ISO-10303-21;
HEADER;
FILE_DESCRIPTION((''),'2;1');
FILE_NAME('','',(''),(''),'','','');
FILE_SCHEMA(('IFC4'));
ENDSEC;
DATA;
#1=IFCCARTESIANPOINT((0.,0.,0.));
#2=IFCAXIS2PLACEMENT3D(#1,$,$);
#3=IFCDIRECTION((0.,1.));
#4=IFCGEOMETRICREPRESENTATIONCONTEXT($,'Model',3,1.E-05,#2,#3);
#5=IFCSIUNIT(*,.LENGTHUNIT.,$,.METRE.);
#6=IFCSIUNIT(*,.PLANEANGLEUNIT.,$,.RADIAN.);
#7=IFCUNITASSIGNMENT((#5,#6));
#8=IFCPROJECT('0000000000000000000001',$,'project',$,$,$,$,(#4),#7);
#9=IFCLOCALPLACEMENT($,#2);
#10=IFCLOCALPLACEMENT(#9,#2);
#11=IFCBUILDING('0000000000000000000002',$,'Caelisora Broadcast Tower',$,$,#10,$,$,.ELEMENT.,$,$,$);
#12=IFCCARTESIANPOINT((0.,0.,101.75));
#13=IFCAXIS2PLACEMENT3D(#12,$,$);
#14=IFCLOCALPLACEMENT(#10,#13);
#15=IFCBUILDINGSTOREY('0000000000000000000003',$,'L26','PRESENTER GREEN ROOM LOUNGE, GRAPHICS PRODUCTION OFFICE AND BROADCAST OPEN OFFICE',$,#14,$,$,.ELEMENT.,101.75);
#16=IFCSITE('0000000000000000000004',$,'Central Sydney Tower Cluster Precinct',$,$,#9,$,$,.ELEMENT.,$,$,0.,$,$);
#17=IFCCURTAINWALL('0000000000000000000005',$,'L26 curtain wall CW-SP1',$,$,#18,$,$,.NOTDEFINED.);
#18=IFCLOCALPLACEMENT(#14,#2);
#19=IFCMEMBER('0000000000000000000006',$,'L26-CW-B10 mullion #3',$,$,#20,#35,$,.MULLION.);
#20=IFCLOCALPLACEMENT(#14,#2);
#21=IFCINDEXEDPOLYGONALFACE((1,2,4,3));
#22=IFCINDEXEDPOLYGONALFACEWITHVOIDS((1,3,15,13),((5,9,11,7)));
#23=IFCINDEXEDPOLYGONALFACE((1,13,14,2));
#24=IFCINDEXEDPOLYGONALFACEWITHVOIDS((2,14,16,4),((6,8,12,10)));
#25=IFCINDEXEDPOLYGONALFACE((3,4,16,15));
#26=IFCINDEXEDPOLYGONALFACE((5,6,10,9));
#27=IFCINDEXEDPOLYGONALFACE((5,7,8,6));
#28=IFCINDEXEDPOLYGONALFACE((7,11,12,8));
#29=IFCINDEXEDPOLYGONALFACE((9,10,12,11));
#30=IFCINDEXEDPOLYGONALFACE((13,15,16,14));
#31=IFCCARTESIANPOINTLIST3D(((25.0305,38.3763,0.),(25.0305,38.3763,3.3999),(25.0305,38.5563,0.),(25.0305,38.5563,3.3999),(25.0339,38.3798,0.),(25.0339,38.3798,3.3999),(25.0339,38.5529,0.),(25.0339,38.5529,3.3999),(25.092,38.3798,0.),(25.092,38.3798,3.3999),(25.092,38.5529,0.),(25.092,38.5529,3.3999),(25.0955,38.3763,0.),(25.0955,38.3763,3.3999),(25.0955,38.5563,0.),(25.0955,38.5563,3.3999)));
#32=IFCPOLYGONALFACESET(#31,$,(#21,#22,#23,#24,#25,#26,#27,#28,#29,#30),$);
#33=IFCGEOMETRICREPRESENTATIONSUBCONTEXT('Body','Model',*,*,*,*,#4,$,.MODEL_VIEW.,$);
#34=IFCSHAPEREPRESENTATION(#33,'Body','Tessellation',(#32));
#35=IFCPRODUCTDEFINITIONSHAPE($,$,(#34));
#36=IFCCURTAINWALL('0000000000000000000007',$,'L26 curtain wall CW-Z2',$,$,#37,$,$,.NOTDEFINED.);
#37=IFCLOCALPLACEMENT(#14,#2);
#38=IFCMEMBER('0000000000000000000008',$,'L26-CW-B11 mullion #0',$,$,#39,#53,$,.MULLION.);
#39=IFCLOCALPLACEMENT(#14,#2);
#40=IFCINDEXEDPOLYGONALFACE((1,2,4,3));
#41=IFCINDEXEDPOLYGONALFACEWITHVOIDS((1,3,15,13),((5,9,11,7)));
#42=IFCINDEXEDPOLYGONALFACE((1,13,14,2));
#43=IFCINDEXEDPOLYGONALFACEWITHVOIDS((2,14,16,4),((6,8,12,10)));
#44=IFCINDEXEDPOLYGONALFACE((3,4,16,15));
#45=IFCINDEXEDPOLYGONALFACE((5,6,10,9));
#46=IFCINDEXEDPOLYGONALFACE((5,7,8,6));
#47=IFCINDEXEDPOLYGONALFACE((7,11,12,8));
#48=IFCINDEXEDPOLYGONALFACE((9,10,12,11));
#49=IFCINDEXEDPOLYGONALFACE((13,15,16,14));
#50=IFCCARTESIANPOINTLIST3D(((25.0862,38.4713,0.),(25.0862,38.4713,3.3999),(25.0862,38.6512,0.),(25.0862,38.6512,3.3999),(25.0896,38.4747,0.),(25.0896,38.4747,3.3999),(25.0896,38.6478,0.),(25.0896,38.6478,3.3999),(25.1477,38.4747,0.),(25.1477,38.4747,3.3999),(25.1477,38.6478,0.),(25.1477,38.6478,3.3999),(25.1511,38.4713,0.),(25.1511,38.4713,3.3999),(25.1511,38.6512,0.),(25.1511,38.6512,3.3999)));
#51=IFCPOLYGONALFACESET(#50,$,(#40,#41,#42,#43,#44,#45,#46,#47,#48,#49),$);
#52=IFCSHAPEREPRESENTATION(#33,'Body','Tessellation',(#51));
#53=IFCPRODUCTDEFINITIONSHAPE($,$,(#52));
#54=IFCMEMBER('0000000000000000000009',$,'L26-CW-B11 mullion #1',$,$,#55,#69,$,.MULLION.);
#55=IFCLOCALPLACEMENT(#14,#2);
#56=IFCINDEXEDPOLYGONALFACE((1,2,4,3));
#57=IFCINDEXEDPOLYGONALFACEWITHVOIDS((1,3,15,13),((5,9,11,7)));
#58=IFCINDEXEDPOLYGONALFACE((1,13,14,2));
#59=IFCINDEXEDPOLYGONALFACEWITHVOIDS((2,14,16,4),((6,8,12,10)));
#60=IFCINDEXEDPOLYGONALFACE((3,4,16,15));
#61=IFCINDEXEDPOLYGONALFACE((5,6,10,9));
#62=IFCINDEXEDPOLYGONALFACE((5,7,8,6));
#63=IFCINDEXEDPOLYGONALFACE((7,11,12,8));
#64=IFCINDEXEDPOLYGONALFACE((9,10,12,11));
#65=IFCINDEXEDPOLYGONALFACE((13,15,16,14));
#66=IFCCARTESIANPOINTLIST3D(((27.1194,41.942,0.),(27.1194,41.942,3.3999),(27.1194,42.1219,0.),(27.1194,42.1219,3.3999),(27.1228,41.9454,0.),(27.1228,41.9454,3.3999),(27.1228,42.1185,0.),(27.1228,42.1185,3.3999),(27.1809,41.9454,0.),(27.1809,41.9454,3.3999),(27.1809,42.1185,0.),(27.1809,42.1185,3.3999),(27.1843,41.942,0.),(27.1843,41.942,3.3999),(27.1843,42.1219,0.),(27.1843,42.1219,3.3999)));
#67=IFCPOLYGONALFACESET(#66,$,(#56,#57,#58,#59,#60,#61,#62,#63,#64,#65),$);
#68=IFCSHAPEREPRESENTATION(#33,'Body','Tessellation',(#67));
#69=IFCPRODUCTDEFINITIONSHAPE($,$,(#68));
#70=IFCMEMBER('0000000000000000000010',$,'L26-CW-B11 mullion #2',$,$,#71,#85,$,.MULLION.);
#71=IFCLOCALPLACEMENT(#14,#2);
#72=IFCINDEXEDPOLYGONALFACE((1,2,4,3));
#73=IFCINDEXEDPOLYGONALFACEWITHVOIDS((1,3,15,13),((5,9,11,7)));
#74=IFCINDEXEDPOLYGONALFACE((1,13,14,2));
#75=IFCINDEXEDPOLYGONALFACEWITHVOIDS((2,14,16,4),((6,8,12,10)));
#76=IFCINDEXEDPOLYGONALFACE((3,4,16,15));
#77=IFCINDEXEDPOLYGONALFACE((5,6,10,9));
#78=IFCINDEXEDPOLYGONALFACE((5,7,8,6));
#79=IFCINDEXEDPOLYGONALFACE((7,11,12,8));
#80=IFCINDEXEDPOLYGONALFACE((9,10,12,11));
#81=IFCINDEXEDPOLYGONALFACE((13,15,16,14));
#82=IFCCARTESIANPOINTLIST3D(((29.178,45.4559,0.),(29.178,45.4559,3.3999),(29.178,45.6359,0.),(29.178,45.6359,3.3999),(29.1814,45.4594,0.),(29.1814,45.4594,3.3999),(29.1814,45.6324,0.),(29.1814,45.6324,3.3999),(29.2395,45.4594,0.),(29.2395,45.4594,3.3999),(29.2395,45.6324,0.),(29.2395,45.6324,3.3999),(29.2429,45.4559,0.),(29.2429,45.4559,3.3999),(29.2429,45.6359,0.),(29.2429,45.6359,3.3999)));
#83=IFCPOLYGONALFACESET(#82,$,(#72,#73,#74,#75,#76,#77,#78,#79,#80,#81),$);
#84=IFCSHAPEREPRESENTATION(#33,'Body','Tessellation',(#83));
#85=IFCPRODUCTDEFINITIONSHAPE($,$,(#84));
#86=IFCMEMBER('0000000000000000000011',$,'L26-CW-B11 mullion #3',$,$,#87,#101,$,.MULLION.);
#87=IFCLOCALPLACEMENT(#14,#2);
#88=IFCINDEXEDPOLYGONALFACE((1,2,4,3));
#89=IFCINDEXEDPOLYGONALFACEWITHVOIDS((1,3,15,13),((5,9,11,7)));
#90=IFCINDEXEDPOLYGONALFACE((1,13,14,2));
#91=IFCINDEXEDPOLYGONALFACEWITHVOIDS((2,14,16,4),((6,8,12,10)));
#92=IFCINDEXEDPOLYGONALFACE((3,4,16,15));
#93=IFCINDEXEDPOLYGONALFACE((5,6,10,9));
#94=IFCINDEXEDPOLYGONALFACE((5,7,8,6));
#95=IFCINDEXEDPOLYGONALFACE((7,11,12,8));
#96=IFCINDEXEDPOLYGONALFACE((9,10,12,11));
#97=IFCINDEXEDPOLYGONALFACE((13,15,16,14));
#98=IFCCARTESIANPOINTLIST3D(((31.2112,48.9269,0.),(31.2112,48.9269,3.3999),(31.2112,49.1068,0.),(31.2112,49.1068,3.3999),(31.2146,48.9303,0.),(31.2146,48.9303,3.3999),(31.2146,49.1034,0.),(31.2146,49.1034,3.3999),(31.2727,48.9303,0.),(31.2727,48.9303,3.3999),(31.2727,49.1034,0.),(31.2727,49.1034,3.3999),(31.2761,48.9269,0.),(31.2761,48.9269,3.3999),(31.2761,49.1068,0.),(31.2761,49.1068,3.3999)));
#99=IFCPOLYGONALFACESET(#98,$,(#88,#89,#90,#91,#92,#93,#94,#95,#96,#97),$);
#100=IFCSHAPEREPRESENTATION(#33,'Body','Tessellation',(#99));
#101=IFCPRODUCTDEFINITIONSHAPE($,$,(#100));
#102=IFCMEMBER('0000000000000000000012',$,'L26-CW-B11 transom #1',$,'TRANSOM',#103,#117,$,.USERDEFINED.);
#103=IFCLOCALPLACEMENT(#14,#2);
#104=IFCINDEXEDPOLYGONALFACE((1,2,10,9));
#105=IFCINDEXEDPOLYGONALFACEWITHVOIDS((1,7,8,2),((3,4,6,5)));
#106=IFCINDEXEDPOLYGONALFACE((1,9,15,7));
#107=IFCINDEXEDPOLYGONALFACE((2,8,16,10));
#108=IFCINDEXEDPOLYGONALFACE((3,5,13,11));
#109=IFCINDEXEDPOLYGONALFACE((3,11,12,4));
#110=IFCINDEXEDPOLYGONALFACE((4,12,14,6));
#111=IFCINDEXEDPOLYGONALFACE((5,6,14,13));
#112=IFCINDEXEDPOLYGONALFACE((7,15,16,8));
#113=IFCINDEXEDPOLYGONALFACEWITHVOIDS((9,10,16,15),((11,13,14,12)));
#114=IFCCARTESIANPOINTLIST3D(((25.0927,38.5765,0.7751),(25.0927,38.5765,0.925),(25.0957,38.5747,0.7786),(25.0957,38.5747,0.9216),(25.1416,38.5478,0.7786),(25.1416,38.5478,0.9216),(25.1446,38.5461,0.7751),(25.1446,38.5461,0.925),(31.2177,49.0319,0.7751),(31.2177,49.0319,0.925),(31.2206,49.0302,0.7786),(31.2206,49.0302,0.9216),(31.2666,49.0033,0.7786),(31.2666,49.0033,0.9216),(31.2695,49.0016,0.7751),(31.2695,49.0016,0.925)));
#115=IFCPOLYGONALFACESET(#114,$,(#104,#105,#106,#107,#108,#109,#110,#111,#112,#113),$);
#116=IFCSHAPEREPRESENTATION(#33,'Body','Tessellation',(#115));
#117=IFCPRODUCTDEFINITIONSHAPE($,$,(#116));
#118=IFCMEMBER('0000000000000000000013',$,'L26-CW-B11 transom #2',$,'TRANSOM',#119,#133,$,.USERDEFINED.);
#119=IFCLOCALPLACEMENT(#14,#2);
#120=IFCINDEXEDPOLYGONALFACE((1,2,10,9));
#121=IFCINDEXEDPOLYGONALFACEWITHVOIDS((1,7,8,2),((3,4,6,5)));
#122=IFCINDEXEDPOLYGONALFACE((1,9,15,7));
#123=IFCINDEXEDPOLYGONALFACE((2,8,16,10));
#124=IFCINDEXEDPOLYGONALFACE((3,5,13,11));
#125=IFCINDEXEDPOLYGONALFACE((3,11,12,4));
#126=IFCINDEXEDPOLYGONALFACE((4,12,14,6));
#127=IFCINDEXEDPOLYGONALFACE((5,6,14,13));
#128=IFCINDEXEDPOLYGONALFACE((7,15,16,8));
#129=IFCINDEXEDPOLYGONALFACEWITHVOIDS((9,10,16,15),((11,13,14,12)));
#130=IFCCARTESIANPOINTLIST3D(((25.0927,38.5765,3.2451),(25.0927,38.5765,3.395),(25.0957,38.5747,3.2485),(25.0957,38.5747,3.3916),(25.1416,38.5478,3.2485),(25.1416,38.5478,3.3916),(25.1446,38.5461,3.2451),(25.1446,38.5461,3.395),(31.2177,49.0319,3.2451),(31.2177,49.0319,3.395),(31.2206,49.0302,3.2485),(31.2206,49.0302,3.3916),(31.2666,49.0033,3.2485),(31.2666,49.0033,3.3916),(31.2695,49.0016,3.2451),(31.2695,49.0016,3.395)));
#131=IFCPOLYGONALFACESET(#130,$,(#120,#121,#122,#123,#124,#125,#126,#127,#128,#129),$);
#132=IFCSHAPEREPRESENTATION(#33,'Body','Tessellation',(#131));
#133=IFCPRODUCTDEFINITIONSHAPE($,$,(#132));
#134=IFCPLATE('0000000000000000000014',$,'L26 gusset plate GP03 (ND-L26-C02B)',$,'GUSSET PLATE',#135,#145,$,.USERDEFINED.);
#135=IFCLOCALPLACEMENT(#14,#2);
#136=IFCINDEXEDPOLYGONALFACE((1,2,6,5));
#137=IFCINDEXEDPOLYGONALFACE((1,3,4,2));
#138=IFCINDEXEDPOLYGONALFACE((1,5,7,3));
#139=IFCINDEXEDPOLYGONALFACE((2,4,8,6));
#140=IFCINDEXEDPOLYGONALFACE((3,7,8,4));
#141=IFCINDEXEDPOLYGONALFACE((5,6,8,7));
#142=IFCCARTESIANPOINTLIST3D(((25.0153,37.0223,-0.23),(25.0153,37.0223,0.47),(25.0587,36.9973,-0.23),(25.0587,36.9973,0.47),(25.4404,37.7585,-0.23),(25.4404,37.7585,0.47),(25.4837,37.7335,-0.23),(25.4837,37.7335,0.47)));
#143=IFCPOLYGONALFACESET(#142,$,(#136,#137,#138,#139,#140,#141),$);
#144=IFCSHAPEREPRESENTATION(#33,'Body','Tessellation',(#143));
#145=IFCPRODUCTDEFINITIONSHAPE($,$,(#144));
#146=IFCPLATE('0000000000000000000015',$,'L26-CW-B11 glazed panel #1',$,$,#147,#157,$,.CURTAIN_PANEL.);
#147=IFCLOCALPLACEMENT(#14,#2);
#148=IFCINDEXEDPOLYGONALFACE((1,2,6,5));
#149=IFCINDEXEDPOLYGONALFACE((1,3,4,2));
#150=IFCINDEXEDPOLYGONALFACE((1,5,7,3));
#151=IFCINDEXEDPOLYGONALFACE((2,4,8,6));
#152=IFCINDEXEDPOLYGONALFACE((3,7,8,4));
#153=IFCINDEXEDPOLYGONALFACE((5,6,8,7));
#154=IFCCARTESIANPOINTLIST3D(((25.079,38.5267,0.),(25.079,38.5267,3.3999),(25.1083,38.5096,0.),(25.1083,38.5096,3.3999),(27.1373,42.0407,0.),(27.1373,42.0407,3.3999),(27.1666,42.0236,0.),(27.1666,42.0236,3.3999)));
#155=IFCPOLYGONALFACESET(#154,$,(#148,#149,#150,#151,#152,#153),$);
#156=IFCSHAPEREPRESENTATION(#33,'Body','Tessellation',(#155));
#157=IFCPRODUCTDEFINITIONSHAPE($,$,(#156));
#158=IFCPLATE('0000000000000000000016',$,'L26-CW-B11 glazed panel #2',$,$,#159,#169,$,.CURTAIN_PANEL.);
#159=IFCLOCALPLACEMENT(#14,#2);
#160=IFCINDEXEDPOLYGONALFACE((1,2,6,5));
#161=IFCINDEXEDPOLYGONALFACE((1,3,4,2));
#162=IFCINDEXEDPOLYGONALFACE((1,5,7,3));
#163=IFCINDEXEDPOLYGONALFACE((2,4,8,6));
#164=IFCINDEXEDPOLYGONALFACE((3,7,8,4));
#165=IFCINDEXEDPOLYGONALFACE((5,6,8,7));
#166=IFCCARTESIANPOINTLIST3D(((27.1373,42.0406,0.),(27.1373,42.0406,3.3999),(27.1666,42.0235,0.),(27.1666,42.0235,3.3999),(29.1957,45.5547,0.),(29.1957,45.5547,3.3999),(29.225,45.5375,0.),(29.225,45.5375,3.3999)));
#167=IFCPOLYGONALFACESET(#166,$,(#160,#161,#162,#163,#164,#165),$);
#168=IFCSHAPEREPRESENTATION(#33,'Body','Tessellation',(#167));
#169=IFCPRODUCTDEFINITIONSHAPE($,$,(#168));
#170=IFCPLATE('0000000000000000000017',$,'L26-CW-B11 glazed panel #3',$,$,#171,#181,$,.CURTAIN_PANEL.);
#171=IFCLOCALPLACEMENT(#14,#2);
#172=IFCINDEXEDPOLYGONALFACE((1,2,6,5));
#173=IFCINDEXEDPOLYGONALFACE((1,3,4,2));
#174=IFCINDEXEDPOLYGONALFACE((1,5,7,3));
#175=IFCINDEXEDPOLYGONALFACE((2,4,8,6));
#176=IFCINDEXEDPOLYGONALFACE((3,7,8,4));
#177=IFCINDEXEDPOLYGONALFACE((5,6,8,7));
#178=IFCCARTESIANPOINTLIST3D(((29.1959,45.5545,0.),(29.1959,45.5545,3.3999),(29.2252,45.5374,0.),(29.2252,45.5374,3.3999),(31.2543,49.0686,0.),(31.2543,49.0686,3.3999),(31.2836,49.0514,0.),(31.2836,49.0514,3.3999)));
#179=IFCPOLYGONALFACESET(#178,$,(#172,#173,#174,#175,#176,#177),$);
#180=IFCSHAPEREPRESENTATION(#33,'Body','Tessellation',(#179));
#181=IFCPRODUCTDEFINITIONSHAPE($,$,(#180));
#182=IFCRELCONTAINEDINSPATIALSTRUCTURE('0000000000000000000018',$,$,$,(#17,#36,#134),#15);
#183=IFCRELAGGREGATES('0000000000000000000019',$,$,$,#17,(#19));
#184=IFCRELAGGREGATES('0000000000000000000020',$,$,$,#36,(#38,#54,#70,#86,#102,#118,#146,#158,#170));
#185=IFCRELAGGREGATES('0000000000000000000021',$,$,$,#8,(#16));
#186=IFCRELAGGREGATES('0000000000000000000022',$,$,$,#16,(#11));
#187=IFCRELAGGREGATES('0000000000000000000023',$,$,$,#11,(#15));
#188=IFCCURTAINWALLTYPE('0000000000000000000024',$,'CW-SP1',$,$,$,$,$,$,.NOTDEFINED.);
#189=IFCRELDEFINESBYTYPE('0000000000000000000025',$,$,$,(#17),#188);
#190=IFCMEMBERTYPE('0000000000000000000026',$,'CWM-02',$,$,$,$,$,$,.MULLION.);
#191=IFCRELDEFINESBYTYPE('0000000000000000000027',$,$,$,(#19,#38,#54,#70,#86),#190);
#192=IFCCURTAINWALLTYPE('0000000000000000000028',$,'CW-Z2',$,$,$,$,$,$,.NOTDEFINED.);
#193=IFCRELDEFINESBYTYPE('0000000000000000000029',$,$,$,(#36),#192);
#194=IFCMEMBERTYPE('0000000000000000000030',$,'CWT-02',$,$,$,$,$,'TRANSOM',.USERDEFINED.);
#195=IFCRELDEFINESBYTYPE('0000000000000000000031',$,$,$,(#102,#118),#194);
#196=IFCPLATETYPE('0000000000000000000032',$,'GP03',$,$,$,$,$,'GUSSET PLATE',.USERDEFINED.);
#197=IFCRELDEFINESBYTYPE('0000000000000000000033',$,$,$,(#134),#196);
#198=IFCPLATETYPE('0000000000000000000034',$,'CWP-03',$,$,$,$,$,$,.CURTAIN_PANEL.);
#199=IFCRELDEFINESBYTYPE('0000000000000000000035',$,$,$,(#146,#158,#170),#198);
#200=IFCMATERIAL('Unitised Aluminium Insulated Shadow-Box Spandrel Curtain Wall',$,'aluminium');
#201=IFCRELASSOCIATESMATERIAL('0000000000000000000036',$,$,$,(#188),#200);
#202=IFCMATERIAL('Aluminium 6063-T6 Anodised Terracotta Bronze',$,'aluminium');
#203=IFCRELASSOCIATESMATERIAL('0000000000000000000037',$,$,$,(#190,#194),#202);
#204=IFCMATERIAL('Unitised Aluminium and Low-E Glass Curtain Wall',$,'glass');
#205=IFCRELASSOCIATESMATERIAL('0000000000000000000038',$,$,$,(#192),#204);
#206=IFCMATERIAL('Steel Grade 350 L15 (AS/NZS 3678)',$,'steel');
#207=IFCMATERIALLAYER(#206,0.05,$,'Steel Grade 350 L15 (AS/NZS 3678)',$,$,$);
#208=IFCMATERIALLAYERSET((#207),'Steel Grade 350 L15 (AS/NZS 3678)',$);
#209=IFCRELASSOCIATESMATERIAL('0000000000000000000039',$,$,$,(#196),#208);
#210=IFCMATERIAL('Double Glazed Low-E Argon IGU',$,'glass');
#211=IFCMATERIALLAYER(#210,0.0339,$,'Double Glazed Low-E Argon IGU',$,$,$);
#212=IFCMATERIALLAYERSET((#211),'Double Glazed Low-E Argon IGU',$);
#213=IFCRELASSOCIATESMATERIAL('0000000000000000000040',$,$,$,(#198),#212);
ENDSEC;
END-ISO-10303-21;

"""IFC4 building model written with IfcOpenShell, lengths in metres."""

from ifc_helpers import new_model, si_unit, direction, frame, origin, origin_2d, place, context, subcontext, project, spatial, rectangle, hollow_rectangle, extrude, source, transform, mapped, material, layer, layer_set, material_profile, profile_set, type_object, type_shapes, element, aggregate, save


model = new_model("IFC4")

# Units and contexts
model_context = context("Model", 3, precision=1e-05, world=origin(), true_north=direction((0.0, 1.0)))
body_context = subcontext(model_context, "Body", "Model", "MODEL_VIEW")
ifc_project = project(units=[si_unit("LENGTHUNIT", "METRE"), si_unit("PLANEANGLEUNIT", "RADIAN")], contexts=[model_context])

# Site, building, storey
site_placement = place(None, origin())
site = spatial("IfcSite", under=ifc_project, at=site_placement, Name="Central Sydney Tower Cluster Precinct", CompositionType="ELEMENT", RefElevation=0.0)
building_placement = place(site_placement, origin())
building = spatial("IfcBuilding", under=site, at=building_placement, Name="Caelisora Broadcast Tower", CompositionType="ELEMENT")
storey_placement = place(building_placement, frame((0.0, 0.0, 101.75)))
storey = spatial("IfcBuildingStorey", under=building, at=storey_placement, Name="L26", Description="PRESENTER GREEN ROOM LOUNGE, GRAPHICS PRODUCTION OFFICE AND BROADCAST OPEN OFFICE", CompositionType="ELEMENT", Elevation=101.75)

# Shared definitions
ifc_material_1 = material(Name="Steel Grade 350 L15 (AS/NZS 3678)", Category="steel")

# Curtain wall, member
ifc_material_2 = material(Name="Unitised Aluminium Insulated Shadow-Box Spandrel Curtain Wall", Category="aluminium")
curtain_wall_type_1 = type_object("IfcCurtainWallType", Name="CW-SP1", PredefinedType="NOTDEFINED", material=ifc_material_2)
curtain_wall_1_placement = place(storey_placement, origin())
curtain_wall_1 = element("IfcCurtainWall", 1, at=curtain_wall_1_placement, inside=storey, type_object=curtain_wall_type_1, Name="L26 curtain wall CW-SP1", PredefinedType="NOTDEFINED")
ifc_material_3 = material(Name="Aluminium 6063-T6 Anodised Terracotta Bronze", Category="aluminium")
ifc_material_profile_1 = material_profile(ifc_material_3, hollow_rectangle(XDim=0.0649, YDim=0.1799, WallThickness=0.0034, at=origin_2d()), Name="Aluminium 6063-T6 Anodised Terracotta Bronze")
ifc_profile_set_1 = profile_set([ifc_material_profile_1], Name="Aluminium 6063-T6 Anodised Terracotta Bronze")
member_type_1 = type_object("IfcMemberType", Name="CWM-02", PredefinedType="MULLION", material=ifc_profile_set_1)
shared_shape_1 = source(origin(), body_context, "Body", "SweptSolid", [
    extrude(hollow_rectangle(XDim=0.0649, YDim=0.1799, WallThickness=0.0034, at=origin_2d()), origin(), (0.0, 0.0, 1.0), 3.3999),
])
type_shapes(member_type_1, [shared_shape_1])
member_1_placement = place(storey_placement, frame((25.063, 38.4663, 0.0), z_axis=(0.0, 0.0, 1.0), x_axis=(1.0, 0.0, 0.0)))
member_1 = element("IfcMember", 2, at=member_1_placement, type_object=member_type_1, Name="L26-CW-B10 mullion #3", PredefinedType="MULLION", context=body_context, shape_type="MappedRepresentation", body=[
    mapped(shared_shape_1, transform((0.0, 0.0, 0.0), scale=1.0)),
])
aggregate(curtain_wall_1, [member_1])

# Curtain wall, members
ifc_material_4 = material(Name="Unitised Aluminium and Low-E Glass Curtain Wall", Category="glass")
curtain_wall_type_2 = type_object("IfcCurtainWallType", Name="CW-Z2", PredefinedType="NOTDEFINED", material=ifc_material_4)
curtain_wall_2_placement = place(storey_placement, origin())
curtain_wall_2 = element("IfcCurtainWall", 3, at=curtain_wall_2_placement, inside=storey, type_object=curtain_wall_type_2, Name="L26 curtain wall CW-Z2", PredefinedType="NOTDEFINED")
member_2_placement = place(storey_placement, frame((25.1187, 38.5613, 0.0), z_axis=(0.0, 0.0, 1.0), x_axis=(1.0, 0.0, 0.0)))
member_2 = element("IfcMember", 4, at=member_2_placement, type_object=member_type_1, Name="L26-CW-B11 mullion #0", PredefinedType="MULLION", context=body_context, shape_type="MappedRepresentation", body=[
    mapped(shared_shape_1, transform((0.0, 0.0, 0.0), scale=1.0)),
])
member_3_placement = place(storey_placement, frame((27.1519, 42.032, 0.0), z_axis=(0.0, 0.0, 1.0), x_axis=(1.0, 0.0, 0.0)))
member_3 = element("IfcMember", 5, at=member_3_placement, type_object=member_type_1, Name="L26-CW-B11 mullion #1", PredefinedType="MULLION", context=body_context, shape_type="MappedRepresentation", body=[
    mapped(shared_shape_1, transform((0.0, 0.0, 0.0), scale=1.0)),
])
member_4_placement = place(storey_placement, frame((29.2104, 45.5459, 0.0), z_axis=(0.0, 0.0, 1.0), x_axis=(1.0, 0.0, 0.0)))
member_4 = element("IfcMember", 6, at=member_4_placement, type_object=member_type_1, Name="L26-CW-B11 mullion #2", PredefinedType="MULLION", context=body_context, shape_type="MappedRepresentation", body=[
    mapped(shared_shape_1, transform((0.0, 0.0, 0.0), scale=1.0)),
])
member_5_placement = place(storey_placement, frame((31.2437, 49.0168, 0.0), z_axis=(0.0, 0.0, 1.0), x_axis=(1.0, 0.0, 0.0)))
member_5 = element("IfcMember", 7, at=member_5_placement, type_object=member_type_1, Name="L26-CW-B11 mullion #3", PredefinedType="MULLION", context=body_context, shape_type="MappedRepresentation", body=[
    mapped(shared_shape_1, transform((0.0, 0.0, 0.0), scale=1.0)),
])
ifc_material_profile_2 = material_profile(ifc_material_3, hollow_rectangle(XDim=0.0601, YDim=0.1499, WallThickness=0.0034, at=origin_2d()), Name="Aluminium 6063-T6 Anodised Terracotta Bronze")
ifc_profile_set_2 = profile_set([ifc_material_profile_2], Name="Aluminium 6063-T6 Anodised Terracotta Bronze")
member_type_2 = type_object("IfcMemberType", Name="CWT-02", ElementType="TRANSOM", PredefinedType="USERDEFINED", material=ifc_profile_set_2)
shared_shape_2 = source(origin(), body_context, "Body", "SweptSolid", [
    extrude(hollow_rectangle(XDim=0.0601, YDim=0.1499, WallThickness=0.0034, at=origin_2d()), origin(), (0.0, 0.0, 1.0), 12.1174),
])
type_shapes(member_type_2, [shared_shape_2])
member_6_placement = place(storey_placement, frame((25.1187, 38.5613, 0.8501), z_axis=(0.505466, 0.862846, 0.0), x_axis=(-0.862846, 0.505466, 0.0)))
member_6 = element("IfcMember", 8, at=member_6_placement, type_object=member_type_2, Name="L26-CW-B11 transom #1", ObjectType="TRANSOM", PredefinedType="USERDEFINED", context=body_context, shape_type="MappedRepresentation", body=[
    mapped(shared_shape_2, transform((0.0, 0.0, 0.0), scale=1.0)),
])
member_7_placement = place(storey_placement, frame((25.1187, 38.5613, 3.3201), z_axis=(0.505466, 0.862846, 0.0), x_axis=(-0.862846, 0.505466, 0.0)))
member_7 = element("IfcMember", 9, at=member_7_placement, type_object=member_type_2, Name="L26-CW-B11 transom #2", ObjectType="TRANSOM", PredefinedType="USERDEFINED", context=body_context, shape_type="MappedRepresentation", body=[
    mapped(shared_shape_2, transform((0.0, 0.0, 0.0), scale=1.0)),
])

# Plates
ifc_layer_1 = layer(ifc_material_1, 0.05, Name="Steel Grade 350 L15 (AS/NZS 3678)")
ifc_layer_set_1 = layer_set([ifc_layer_1], Name="Steel Grade 350 L15 (AS/NZS 3678)")
plate_type_1 = type_object("IfcPlateType", Name="GP03", ElementType="GUSSET PLATE", PredefinedType="USERDEFINED", material=ifc_layer_set_1)
shared_shape_3 = source(origin(), body_context, "Body", "SweptSolid", [
    extrude(rectangle(XDim=0.8501, YDim=0.05, at=origin_2d()), origin(), (0.0, 0.0, 1.0), 0.7),
])
type_shapes(plate_type_1, [shared_shape_3])
plate_1_placement = place(storey_placement, frame((25.2495, 37.3779, -0.23), z_axis=(0.0, 0.0, 1.0), x_axis=(-0.5, -0.866025, 0.0)))
element("IfcPlate", 10, at=plate_1_placement, inside=storey, type_object=plate_type_1, Name="L26 gusset plate GP03 (ND-L26-C02B)", ObjectType="GUSSET PLATE", PredefinedType="USERDEFINED", context=body_context, shape_type="MappedRepresentation", body=[
    mapped(shared_shape_3, transform((0.0, 0.0, 0.0), scale=1.0)),
])
ifc_material_5 = material(Name="Double Glazed Low-E Argon IGU", Category="glass")
ifc_layer_2 = layer(ifc_material_5, 0.0339, Name="Double Glazed Low-E Argon IGU")
ifc_layer_set_2 = layer_set([ifc_layer_2], Name="Double Glazed Low-E Argon IGU")
plate_type_2 = type_object("IfcPlateType", Name="CWP-03", PredefinedType="CURTAIN_PANEL", material=ifc_layer_set_2)
shared_shape_4 = source(origin(), body_context, "Body", "SweptSolid", [
    extrude(rectangle(XDim=4.0725, YDim=0.0339, at=origin_2d()), origin(), (0.0, 0.0, 1.0), 3.3999),
])
type_shapes(plate_type_2, [shared_shape_4])
plate_2_placement = place(storey_placement, frame((26.1228, 40.2751, 0.0), z_axis=(0.0, 0.0, 1.0), x_axis=(0.505431, 0.862867, 0.0)))
plate_2 = element("IfcPlate", 11, at=plate_2_placement, type_object=plate_type_2, Name="L26-CW-B11 glazed panel #1", PredefinedType="CURTAIN_PANEL", context=body_context, shape_type="MappedRepresentation", body=[
    mapped(shared_shape_4, transform((0.0, 0.0, 0.0), scale=1.0)),
])
plate_3_placement = place(storey_placement, frame((28.1812, 43.7891, 0.0), z_axis=(0.0, 0.0, 1.0), x_axis=(0.505431, 0.862867, 0.0)))
plate_3 = element("IfcPlate", 12, at=plate_3_placement, type_object=plate_type_2, Name="L26-CW-B11 glazed panel #2", PredefinedType="CURTAIN_PANEL", context=body_context, shape_type="MappedRepresentation", body=[
    mapped(shared_shape_4, transform((0.0, 0.0, 0.0), scale=1.0)),
])
plate_4_placement = place(storey_placement, frame((30.2397, 47.303, 0.0), z_axis=(0.0, 0.0, 1.0), x_axis=(0.505431, 0.862867, 0.0)))
plate_4 = element("IfcPlate", 13, at=plate_4_placement, type_object=plate_type_2, Name="L26-CW-B11 glazed panel #3", PredefinedType="CURTAIN_PANEL", context=body_context, shape_type="MappedRepresentation", body=[
    mapped(shared_shape_4, transform((0.0, 0.0, 0.0), scale=1.0)),
])
aggregate(curtain_wall_2, [member_2, member_3, member_4, member_5, member_6, member_7, plate_2, plate_3, plate_4])

save(model, "model.ifc")
